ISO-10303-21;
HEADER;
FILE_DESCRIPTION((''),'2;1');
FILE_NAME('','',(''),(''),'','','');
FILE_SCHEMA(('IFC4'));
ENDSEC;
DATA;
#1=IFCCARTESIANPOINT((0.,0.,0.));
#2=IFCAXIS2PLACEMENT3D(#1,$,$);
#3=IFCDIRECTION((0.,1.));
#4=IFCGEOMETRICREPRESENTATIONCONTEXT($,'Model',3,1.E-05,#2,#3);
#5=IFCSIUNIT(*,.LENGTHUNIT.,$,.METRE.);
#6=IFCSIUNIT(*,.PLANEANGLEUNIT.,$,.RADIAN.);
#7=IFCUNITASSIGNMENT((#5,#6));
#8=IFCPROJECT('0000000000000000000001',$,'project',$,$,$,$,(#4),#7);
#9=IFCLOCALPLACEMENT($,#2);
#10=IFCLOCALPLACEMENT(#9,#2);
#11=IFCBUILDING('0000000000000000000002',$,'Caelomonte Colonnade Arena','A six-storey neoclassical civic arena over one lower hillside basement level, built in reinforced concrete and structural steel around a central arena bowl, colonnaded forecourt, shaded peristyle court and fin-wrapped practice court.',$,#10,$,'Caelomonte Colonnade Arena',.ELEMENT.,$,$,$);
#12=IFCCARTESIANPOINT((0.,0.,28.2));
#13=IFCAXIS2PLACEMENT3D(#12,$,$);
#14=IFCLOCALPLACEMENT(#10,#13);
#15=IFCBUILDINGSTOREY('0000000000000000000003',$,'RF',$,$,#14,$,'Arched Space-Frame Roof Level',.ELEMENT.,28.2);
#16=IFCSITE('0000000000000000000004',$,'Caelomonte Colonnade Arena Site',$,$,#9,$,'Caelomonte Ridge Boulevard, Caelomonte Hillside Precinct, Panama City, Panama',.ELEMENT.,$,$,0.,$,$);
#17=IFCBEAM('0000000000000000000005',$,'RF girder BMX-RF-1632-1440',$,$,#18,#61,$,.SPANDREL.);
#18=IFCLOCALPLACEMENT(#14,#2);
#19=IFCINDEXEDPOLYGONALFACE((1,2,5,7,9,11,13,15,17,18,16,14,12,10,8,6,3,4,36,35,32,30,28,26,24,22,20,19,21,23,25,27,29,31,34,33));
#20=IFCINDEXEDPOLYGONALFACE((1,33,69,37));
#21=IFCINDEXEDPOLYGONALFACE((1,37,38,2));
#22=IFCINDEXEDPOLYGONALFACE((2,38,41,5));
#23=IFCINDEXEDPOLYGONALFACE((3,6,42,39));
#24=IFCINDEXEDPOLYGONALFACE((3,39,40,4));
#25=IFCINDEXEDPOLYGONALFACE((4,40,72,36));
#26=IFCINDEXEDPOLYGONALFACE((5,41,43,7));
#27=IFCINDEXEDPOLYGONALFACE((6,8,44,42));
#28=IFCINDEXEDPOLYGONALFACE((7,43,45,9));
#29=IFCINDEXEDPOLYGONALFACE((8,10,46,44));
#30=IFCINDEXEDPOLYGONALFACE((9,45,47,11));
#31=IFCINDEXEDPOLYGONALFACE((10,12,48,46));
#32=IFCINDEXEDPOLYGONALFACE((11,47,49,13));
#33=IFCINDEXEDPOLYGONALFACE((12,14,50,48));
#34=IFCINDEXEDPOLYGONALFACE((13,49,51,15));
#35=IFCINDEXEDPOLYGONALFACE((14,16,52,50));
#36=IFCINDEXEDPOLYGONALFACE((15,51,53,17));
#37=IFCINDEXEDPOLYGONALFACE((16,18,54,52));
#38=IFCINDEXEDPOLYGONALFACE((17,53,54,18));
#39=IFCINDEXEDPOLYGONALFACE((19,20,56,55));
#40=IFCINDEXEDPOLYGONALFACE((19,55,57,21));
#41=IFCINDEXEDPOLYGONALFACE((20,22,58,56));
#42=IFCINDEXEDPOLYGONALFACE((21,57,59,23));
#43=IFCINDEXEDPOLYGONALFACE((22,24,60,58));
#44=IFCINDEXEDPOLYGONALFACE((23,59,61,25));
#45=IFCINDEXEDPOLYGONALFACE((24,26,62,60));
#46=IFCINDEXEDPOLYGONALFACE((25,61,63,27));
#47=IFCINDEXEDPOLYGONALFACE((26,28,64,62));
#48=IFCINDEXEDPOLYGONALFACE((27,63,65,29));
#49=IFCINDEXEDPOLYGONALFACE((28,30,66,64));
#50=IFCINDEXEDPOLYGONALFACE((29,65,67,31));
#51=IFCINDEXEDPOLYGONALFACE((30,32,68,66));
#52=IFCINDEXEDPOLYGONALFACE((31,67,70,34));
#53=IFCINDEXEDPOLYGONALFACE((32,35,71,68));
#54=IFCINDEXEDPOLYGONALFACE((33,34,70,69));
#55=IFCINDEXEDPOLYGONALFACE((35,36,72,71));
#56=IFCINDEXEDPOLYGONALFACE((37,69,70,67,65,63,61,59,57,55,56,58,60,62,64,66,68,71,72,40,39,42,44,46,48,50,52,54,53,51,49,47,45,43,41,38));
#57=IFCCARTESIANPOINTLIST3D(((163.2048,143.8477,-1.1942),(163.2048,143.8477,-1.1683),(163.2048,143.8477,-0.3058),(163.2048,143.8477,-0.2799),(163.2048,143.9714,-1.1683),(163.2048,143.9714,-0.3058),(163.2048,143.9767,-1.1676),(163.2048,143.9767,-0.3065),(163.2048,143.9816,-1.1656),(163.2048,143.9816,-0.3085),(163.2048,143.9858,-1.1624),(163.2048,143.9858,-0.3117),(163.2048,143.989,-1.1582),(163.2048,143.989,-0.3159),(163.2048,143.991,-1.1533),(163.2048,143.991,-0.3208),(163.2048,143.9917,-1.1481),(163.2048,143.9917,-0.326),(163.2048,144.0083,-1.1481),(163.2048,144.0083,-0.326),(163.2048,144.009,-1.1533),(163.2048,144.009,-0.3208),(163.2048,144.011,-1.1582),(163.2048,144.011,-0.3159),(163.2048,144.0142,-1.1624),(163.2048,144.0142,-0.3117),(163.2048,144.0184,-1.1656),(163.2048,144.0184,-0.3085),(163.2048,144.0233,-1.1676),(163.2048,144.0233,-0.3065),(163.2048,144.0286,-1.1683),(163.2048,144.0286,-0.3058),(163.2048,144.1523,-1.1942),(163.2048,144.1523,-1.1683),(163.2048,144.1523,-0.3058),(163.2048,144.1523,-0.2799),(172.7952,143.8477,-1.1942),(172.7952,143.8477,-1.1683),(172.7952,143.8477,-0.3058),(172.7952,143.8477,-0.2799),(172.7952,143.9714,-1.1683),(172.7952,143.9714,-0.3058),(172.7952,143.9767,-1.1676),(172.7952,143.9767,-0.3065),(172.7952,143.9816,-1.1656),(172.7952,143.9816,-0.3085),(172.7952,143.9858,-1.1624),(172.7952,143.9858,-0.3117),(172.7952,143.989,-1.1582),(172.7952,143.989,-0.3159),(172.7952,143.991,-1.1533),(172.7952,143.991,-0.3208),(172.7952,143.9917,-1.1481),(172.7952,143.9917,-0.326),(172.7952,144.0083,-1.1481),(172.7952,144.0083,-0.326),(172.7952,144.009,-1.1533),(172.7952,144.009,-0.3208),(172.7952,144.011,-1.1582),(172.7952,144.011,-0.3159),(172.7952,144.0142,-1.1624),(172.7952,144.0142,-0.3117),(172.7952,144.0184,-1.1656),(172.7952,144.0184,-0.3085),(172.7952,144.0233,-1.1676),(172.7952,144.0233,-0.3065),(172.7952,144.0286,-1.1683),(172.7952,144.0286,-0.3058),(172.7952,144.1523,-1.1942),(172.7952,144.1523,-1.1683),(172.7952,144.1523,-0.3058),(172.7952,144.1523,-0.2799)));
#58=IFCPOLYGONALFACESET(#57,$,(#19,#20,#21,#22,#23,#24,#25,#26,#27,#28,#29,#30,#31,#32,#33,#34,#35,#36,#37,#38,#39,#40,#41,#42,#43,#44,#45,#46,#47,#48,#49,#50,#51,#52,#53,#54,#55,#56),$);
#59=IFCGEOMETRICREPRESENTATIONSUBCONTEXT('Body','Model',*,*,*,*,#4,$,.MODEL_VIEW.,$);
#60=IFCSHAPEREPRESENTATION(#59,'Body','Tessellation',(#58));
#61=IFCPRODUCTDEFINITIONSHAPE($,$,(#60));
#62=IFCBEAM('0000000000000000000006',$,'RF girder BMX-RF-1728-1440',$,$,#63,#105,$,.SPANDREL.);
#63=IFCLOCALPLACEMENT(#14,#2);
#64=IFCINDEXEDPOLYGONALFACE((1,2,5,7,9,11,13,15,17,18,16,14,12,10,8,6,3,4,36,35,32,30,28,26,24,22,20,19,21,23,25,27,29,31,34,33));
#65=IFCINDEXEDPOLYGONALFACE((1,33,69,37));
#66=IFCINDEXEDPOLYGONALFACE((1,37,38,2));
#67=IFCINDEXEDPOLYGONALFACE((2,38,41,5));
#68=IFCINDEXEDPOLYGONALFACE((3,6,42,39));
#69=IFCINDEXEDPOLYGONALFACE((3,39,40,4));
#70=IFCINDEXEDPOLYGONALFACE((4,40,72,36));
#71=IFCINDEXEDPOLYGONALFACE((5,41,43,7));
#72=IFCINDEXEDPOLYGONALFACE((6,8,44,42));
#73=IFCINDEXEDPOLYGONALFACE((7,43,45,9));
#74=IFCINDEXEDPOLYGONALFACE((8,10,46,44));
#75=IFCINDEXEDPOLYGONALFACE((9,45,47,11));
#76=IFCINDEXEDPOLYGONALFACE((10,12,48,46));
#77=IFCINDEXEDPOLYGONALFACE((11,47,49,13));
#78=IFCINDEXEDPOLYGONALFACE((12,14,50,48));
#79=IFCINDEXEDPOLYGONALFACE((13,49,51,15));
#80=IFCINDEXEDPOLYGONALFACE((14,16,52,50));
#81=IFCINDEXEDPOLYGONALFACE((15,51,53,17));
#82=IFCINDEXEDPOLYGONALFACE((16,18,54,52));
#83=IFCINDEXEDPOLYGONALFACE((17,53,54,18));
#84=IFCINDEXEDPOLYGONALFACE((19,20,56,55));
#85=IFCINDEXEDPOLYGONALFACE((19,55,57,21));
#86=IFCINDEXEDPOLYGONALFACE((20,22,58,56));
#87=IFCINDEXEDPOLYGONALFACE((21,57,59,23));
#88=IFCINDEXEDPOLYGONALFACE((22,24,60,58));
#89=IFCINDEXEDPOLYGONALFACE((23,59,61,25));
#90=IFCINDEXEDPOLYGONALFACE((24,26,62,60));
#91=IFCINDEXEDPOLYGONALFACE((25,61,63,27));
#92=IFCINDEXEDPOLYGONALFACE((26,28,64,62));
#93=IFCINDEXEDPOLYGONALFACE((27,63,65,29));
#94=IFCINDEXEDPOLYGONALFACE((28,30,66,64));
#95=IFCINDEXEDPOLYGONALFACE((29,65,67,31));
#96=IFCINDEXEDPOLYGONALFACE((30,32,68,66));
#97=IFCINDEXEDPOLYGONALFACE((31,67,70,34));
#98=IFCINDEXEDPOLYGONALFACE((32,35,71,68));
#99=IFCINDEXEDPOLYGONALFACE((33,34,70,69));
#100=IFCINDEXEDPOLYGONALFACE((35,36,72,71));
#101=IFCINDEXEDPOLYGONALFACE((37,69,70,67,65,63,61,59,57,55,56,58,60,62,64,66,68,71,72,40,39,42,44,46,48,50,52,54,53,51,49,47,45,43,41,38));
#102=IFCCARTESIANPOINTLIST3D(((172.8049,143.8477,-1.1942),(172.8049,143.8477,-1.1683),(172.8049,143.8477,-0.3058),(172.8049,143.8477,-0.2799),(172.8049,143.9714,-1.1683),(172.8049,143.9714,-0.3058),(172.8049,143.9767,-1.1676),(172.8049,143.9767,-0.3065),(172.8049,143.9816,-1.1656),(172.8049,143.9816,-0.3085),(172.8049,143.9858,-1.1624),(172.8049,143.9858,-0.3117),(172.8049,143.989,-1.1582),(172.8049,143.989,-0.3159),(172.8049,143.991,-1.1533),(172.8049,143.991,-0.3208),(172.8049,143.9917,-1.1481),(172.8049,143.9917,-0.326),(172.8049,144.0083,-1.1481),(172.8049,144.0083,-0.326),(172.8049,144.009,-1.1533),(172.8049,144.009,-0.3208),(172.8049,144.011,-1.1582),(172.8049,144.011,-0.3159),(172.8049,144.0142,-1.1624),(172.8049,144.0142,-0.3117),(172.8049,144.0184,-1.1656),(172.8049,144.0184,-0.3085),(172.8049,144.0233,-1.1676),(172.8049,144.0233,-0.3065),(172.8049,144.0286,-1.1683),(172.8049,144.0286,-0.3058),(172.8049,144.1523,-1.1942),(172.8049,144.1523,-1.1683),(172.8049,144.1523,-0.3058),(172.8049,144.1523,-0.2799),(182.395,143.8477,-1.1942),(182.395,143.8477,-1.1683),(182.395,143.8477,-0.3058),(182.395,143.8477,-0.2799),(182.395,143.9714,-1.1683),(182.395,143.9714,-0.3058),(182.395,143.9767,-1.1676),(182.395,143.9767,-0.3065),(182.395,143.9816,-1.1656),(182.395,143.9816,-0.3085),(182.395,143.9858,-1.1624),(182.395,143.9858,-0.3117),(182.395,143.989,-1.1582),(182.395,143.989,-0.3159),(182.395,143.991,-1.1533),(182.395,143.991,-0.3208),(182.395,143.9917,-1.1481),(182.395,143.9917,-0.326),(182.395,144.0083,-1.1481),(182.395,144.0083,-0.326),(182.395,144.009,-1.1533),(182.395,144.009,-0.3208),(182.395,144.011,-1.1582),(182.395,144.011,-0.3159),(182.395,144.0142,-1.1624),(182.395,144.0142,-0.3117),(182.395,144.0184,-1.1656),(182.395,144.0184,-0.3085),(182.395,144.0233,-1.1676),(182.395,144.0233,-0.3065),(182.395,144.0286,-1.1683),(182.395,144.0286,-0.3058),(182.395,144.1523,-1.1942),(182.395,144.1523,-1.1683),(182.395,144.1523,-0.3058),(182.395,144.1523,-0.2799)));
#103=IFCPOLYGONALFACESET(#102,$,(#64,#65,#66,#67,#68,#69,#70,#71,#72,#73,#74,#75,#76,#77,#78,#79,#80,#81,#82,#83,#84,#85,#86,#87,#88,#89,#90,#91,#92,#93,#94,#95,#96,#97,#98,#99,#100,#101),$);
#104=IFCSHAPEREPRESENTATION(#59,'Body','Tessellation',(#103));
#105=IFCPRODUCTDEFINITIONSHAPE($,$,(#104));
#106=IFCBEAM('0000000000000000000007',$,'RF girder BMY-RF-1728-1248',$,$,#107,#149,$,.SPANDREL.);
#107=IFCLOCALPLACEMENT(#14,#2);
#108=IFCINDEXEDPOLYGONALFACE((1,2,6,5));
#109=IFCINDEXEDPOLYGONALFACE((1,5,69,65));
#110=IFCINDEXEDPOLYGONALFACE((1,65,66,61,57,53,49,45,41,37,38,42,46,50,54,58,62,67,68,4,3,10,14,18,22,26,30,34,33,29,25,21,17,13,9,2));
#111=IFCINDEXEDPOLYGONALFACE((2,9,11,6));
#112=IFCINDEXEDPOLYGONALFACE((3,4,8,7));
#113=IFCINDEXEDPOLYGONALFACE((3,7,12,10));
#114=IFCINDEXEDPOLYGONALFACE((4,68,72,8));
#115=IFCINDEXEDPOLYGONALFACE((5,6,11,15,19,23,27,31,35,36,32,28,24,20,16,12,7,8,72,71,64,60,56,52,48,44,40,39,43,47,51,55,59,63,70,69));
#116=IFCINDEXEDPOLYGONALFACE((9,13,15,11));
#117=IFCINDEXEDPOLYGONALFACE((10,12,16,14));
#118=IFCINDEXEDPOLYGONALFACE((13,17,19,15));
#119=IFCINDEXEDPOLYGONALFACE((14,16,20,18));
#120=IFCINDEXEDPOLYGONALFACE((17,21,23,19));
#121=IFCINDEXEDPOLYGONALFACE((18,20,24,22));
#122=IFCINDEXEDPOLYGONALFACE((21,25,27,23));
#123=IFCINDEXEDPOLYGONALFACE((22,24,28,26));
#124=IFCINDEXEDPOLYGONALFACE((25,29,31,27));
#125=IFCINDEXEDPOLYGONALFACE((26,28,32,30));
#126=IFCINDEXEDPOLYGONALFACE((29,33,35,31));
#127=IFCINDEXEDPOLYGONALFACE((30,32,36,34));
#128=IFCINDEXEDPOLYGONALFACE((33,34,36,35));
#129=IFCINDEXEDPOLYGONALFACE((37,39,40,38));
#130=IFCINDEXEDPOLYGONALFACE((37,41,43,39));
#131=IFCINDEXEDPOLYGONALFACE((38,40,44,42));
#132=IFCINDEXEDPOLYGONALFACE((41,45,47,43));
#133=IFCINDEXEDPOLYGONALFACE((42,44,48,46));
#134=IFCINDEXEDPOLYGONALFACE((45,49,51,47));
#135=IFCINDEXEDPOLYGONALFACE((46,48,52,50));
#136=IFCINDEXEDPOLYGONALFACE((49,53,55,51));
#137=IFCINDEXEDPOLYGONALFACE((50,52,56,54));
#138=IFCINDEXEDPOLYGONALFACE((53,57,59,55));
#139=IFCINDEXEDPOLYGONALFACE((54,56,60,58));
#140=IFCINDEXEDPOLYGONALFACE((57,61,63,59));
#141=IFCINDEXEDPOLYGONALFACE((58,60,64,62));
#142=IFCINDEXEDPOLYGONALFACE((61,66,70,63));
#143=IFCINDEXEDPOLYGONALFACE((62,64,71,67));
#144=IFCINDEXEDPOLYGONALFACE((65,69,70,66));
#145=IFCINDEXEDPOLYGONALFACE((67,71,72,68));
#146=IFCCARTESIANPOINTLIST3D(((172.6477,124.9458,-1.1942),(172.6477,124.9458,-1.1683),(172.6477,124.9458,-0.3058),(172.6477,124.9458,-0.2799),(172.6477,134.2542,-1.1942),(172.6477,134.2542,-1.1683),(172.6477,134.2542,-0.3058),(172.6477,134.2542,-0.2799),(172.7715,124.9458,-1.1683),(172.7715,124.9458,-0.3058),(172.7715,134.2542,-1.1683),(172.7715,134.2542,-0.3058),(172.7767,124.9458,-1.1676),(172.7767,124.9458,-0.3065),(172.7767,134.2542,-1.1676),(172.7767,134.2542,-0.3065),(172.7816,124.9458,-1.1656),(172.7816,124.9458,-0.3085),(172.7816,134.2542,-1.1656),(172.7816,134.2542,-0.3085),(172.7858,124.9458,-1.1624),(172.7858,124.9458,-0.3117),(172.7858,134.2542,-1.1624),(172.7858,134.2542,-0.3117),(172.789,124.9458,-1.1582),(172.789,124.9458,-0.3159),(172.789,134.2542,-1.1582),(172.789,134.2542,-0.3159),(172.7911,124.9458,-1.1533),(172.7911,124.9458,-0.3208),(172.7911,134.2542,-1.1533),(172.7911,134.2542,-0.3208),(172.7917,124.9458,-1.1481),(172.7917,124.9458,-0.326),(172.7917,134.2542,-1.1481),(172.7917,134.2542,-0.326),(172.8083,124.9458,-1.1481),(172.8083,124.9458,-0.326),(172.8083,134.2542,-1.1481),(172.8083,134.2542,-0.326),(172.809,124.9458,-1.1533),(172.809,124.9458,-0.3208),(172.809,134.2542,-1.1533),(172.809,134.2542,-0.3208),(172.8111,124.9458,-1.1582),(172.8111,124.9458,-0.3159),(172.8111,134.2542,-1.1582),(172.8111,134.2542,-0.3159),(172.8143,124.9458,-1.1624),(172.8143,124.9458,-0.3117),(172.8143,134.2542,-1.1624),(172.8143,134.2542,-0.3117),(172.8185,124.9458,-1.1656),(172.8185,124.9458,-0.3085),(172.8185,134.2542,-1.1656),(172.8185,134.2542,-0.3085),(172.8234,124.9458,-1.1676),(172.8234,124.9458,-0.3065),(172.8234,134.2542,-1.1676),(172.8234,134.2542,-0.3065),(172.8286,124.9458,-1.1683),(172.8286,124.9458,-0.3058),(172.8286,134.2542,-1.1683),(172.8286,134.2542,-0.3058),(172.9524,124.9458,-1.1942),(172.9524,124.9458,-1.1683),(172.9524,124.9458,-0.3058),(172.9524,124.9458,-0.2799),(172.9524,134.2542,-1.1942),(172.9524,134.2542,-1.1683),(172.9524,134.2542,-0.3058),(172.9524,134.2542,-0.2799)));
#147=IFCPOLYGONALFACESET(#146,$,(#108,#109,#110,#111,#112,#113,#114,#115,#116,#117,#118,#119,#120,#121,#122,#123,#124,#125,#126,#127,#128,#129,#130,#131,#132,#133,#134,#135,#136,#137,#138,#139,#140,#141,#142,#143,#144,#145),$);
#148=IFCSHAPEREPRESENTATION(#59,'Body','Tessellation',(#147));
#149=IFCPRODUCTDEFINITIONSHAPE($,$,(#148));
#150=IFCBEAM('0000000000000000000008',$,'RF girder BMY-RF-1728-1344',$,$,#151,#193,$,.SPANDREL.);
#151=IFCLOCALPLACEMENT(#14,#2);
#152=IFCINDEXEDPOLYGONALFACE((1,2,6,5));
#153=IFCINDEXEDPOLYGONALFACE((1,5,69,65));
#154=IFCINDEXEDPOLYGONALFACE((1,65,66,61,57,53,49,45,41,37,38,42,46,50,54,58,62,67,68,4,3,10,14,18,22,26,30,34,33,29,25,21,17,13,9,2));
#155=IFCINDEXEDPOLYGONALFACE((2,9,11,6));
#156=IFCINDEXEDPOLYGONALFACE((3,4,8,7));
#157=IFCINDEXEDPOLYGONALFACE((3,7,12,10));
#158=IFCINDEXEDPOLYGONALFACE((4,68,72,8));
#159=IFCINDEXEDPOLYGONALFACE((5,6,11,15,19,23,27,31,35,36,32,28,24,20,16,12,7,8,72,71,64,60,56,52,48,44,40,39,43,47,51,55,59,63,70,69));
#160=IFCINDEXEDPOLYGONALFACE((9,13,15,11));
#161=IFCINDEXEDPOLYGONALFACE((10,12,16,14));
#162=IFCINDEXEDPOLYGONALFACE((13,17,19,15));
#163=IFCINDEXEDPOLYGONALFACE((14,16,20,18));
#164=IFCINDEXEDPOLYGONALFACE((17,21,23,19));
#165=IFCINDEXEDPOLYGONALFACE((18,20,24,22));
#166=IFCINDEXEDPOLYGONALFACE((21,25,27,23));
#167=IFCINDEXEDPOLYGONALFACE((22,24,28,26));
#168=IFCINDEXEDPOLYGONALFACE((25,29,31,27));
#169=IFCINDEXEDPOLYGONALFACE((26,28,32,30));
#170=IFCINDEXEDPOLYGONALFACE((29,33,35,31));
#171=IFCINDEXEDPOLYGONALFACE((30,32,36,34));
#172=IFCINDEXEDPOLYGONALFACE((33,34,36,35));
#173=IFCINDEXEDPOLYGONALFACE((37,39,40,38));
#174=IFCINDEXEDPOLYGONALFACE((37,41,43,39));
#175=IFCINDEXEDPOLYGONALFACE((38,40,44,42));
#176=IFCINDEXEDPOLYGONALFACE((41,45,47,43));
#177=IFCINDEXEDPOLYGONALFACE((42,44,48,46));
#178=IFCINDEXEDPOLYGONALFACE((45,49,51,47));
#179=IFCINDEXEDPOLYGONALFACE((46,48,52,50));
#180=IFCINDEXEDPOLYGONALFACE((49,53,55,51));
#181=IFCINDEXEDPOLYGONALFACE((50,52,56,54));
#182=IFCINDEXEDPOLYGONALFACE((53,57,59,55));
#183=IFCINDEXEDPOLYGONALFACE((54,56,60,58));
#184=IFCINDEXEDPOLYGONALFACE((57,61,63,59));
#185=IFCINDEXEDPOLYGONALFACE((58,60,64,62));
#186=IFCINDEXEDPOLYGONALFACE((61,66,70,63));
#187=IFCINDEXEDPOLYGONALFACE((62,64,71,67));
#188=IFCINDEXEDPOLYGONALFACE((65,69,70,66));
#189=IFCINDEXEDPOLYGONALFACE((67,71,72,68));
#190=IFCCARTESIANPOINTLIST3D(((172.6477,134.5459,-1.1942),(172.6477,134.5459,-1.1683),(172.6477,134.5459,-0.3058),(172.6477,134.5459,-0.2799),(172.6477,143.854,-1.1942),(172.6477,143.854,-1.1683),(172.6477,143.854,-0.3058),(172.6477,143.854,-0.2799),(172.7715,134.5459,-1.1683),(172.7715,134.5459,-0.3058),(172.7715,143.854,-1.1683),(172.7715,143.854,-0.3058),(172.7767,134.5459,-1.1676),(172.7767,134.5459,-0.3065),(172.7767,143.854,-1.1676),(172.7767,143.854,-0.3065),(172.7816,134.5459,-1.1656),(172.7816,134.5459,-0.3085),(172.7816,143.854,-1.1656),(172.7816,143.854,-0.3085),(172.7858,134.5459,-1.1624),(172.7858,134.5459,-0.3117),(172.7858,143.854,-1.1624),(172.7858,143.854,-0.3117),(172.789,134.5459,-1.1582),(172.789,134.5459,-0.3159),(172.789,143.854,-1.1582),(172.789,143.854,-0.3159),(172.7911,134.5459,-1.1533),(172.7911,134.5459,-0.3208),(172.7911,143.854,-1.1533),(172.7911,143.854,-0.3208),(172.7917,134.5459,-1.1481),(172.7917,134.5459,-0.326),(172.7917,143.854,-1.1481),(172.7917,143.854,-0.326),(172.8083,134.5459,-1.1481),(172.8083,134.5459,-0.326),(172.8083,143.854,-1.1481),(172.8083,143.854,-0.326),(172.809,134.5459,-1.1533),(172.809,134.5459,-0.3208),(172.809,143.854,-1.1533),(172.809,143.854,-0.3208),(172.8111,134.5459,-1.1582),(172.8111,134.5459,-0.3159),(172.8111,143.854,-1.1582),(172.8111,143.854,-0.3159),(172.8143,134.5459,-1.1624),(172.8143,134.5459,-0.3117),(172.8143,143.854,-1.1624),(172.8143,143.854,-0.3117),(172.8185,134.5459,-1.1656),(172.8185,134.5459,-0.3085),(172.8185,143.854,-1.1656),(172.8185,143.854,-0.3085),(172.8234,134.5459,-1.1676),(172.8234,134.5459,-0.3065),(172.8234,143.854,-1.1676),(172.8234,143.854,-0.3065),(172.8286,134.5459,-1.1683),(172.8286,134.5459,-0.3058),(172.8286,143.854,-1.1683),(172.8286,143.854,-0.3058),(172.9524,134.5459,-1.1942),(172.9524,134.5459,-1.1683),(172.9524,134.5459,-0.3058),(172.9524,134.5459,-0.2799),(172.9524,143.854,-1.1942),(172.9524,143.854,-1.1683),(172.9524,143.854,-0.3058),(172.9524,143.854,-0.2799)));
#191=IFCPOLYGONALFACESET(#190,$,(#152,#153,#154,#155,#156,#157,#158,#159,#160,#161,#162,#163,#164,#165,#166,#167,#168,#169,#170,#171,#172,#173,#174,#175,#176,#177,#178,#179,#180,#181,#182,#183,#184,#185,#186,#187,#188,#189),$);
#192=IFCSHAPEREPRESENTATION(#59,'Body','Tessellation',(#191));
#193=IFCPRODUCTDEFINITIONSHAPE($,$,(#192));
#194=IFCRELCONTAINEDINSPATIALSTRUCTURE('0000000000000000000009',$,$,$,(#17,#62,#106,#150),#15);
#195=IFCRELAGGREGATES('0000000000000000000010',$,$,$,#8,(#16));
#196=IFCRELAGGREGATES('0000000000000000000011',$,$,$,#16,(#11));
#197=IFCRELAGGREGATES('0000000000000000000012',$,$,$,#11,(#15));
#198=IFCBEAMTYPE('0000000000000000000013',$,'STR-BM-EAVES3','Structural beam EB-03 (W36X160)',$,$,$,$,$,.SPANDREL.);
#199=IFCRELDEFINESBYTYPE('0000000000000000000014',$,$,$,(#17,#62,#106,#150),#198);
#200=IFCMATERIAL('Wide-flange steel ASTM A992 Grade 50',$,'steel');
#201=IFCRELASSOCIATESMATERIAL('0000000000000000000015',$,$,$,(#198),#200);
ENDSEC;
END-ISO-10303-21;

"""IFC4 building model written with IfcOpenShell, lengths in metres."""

from ifc_helpers import new_model, si_unit, direction, frame, origin, origin_2d, place, context, subcontext, project, spatial, i_section, extrude, material, material_profile, profile_set, type_object, element, save


model = new_model("IFC4")

# Units and contexts
model_context = context("Model", 3, precision=1e-05, world=origin(), true_north=direction((0.0, 1.0)))
body_context = subcontext(model_context, "Body", "Model", "MODEL_VIEW")
ifc_project = project(units=[si_unit("LENGTHUNIT", "METRE"), si_unit("PLANEANGLEUNIT", "RADIAN")], contexts=[model_context])

# Site, building, storey
site_placement = place(None, origin())
site = spatial("IfcSite", under=ifc_project, at=site_placement, Name="Caelomonte Colonnade Arena Site", LongName="Caelomonte Ridge Boulevard, Caelomonte Hillside Precinct, Panama City, Panama", CompositionType="ELEMENT", RefElevation=0.0)
building_placement = place(site_placement, origin())
building = spatial("IfcBuilding", under=site, at=building_placement, Name="Caelomonte Colonnade Arena", Description="A six-storey neoclassical civic arena over one lower hillside basement level, built in reinforced concrete and structural steel around a central arena bowl, colonnaded forecourt, shaded peristyle court and fin-wrapped practice court.", LongName="Caelomonte Colonnade Arena", CompositionType="ELEMENT")
storey_placement = place(building_placement, frame((0.0, 0.0, 28.2)))
storey = spatial("IfcBuildingStorey", under=building, at=storey_placement, Name="RF", LongName="Arched Space-Frame Roof Level", CompositionType="ELEMENT", Elevation=28.2)

# Beams
ifc_material_1 = material(Name="Wide-flange steel ASTM A992 Grade 50", Category="steel")
ifc_material_profile_1 = material_profile(ifc_material_1, i_section(OverallWidth=0.3047, OverallDepth=0.9143, WebThickness=0.0166, FlangeThickness=0.0259, FilletRadius=0.0203, at=origin_2d()), Name="W36X160")
ifc_profile_set_1 = profile_set([ifc_material_profile_1], Name="Wide-flange steel ASTM A992 Grade 50")
beam_type_1 = type_object("IfcBeamType", Name="STR-BM-EAVES3", Description="Structural beam EB-03 (W36X160)", PredefinedType="SPANDREL", material=ifc_profile_set_1)
beam_1_placement = place(storey_placement, frame((163.2048, 144.0, -0.7371), z_axis=(1.0, 0.0, 0.0), x_axis=(0.0, 1.0, 0.0)))
element("IfcBeam", 1, at=beam_1_placement, inside=storey, type_object=beam_type_1, Name="RF girder BMX-RF-1632-1440", PredefinedType="SPANDREL", context=body_context, shape_type="SweptSolid", body=[
    extrude(i_section(OverallWidth=0.3047, OverallDepth=0.9143, WebThickness=0.0166, FlangeThickness=0.0259, FilletRadius=0.0203, at=origin_2d()), origin(), (0.0, 0.0, 1.0), 9.5903),
])
beam_2_placement = place(storey_placement, frame((172.8049, 144.0, -0.7371), z_axis=(1.0, 0.0, 0.0), x_axis=(0.0, 1.0, 0.0)))
element("IfcBeam", 2, at=beam_2_placement, inside=storey, type_object=beam_type_1, Name="RF girder BMX-RF-1728-1440", PredefinedType="SPANDREL", context=body_context, shape_type="SweptSolid", body=[
    extrude(i_section(OverallWidth=0.3047, OverallDepth=0.9143, WebThickness=0.0166, FlangeThickness=0.0259, FilletRadius=0.0203, at=origin_2d()), origin(), (0.0, 0.0, 1.0), 9.5901),
])
beam_3_placement = place(storey_placement, frame((172.8, 124.9458, -0.7371), z_axis=(0.0, 1.0, 0.0), x_axis=(-1.0, 0.0, 0.0)))
element("IfcBeam", 3, at=beam_3_placement, inside=storey, type_object=beam_type_1, Name="RF girder BMY-RF-1728-1248", PredefinedType="SPANDREL", context=body_context, shape_type="SweptSolid", body=[
    extrude(i_section(OverallWidth=0.3047, OverallDepth=0.9143, WebThickness=0.0166, FlangeThickness=0.0259, FilletRadius=0.0203, at=origin_2d()), origin(), (0.0, 0.0, 1.0), 9.3083),
])
beam_4_placement = place(storey_placement, frame((172.8, 134.5459, -0.7371), z_axis=(0.0, 1.0, 0.0), x_axis=(-1.0, 0.0, 0.0)))
element("IfcBeam", 4, at=beam_4_placement, inside=storey, type_object=beam_type_1, Name="RF girder BMY-RF-1728-1344", PredefinedType="SPANDREL", context=body_context, shape_type="SweptSolid", body=[
    extrude(i_section(OverallWidth=0.3047, OverallDepth=0.9143, WebThickness=0.0166, FlangeThickness=0.0259, FilletRadius=0.0203, at=origin_2d()), origin(), (0.0, 0.0, 1.0), 9.3081),
])

save(model, "model.ifc")
